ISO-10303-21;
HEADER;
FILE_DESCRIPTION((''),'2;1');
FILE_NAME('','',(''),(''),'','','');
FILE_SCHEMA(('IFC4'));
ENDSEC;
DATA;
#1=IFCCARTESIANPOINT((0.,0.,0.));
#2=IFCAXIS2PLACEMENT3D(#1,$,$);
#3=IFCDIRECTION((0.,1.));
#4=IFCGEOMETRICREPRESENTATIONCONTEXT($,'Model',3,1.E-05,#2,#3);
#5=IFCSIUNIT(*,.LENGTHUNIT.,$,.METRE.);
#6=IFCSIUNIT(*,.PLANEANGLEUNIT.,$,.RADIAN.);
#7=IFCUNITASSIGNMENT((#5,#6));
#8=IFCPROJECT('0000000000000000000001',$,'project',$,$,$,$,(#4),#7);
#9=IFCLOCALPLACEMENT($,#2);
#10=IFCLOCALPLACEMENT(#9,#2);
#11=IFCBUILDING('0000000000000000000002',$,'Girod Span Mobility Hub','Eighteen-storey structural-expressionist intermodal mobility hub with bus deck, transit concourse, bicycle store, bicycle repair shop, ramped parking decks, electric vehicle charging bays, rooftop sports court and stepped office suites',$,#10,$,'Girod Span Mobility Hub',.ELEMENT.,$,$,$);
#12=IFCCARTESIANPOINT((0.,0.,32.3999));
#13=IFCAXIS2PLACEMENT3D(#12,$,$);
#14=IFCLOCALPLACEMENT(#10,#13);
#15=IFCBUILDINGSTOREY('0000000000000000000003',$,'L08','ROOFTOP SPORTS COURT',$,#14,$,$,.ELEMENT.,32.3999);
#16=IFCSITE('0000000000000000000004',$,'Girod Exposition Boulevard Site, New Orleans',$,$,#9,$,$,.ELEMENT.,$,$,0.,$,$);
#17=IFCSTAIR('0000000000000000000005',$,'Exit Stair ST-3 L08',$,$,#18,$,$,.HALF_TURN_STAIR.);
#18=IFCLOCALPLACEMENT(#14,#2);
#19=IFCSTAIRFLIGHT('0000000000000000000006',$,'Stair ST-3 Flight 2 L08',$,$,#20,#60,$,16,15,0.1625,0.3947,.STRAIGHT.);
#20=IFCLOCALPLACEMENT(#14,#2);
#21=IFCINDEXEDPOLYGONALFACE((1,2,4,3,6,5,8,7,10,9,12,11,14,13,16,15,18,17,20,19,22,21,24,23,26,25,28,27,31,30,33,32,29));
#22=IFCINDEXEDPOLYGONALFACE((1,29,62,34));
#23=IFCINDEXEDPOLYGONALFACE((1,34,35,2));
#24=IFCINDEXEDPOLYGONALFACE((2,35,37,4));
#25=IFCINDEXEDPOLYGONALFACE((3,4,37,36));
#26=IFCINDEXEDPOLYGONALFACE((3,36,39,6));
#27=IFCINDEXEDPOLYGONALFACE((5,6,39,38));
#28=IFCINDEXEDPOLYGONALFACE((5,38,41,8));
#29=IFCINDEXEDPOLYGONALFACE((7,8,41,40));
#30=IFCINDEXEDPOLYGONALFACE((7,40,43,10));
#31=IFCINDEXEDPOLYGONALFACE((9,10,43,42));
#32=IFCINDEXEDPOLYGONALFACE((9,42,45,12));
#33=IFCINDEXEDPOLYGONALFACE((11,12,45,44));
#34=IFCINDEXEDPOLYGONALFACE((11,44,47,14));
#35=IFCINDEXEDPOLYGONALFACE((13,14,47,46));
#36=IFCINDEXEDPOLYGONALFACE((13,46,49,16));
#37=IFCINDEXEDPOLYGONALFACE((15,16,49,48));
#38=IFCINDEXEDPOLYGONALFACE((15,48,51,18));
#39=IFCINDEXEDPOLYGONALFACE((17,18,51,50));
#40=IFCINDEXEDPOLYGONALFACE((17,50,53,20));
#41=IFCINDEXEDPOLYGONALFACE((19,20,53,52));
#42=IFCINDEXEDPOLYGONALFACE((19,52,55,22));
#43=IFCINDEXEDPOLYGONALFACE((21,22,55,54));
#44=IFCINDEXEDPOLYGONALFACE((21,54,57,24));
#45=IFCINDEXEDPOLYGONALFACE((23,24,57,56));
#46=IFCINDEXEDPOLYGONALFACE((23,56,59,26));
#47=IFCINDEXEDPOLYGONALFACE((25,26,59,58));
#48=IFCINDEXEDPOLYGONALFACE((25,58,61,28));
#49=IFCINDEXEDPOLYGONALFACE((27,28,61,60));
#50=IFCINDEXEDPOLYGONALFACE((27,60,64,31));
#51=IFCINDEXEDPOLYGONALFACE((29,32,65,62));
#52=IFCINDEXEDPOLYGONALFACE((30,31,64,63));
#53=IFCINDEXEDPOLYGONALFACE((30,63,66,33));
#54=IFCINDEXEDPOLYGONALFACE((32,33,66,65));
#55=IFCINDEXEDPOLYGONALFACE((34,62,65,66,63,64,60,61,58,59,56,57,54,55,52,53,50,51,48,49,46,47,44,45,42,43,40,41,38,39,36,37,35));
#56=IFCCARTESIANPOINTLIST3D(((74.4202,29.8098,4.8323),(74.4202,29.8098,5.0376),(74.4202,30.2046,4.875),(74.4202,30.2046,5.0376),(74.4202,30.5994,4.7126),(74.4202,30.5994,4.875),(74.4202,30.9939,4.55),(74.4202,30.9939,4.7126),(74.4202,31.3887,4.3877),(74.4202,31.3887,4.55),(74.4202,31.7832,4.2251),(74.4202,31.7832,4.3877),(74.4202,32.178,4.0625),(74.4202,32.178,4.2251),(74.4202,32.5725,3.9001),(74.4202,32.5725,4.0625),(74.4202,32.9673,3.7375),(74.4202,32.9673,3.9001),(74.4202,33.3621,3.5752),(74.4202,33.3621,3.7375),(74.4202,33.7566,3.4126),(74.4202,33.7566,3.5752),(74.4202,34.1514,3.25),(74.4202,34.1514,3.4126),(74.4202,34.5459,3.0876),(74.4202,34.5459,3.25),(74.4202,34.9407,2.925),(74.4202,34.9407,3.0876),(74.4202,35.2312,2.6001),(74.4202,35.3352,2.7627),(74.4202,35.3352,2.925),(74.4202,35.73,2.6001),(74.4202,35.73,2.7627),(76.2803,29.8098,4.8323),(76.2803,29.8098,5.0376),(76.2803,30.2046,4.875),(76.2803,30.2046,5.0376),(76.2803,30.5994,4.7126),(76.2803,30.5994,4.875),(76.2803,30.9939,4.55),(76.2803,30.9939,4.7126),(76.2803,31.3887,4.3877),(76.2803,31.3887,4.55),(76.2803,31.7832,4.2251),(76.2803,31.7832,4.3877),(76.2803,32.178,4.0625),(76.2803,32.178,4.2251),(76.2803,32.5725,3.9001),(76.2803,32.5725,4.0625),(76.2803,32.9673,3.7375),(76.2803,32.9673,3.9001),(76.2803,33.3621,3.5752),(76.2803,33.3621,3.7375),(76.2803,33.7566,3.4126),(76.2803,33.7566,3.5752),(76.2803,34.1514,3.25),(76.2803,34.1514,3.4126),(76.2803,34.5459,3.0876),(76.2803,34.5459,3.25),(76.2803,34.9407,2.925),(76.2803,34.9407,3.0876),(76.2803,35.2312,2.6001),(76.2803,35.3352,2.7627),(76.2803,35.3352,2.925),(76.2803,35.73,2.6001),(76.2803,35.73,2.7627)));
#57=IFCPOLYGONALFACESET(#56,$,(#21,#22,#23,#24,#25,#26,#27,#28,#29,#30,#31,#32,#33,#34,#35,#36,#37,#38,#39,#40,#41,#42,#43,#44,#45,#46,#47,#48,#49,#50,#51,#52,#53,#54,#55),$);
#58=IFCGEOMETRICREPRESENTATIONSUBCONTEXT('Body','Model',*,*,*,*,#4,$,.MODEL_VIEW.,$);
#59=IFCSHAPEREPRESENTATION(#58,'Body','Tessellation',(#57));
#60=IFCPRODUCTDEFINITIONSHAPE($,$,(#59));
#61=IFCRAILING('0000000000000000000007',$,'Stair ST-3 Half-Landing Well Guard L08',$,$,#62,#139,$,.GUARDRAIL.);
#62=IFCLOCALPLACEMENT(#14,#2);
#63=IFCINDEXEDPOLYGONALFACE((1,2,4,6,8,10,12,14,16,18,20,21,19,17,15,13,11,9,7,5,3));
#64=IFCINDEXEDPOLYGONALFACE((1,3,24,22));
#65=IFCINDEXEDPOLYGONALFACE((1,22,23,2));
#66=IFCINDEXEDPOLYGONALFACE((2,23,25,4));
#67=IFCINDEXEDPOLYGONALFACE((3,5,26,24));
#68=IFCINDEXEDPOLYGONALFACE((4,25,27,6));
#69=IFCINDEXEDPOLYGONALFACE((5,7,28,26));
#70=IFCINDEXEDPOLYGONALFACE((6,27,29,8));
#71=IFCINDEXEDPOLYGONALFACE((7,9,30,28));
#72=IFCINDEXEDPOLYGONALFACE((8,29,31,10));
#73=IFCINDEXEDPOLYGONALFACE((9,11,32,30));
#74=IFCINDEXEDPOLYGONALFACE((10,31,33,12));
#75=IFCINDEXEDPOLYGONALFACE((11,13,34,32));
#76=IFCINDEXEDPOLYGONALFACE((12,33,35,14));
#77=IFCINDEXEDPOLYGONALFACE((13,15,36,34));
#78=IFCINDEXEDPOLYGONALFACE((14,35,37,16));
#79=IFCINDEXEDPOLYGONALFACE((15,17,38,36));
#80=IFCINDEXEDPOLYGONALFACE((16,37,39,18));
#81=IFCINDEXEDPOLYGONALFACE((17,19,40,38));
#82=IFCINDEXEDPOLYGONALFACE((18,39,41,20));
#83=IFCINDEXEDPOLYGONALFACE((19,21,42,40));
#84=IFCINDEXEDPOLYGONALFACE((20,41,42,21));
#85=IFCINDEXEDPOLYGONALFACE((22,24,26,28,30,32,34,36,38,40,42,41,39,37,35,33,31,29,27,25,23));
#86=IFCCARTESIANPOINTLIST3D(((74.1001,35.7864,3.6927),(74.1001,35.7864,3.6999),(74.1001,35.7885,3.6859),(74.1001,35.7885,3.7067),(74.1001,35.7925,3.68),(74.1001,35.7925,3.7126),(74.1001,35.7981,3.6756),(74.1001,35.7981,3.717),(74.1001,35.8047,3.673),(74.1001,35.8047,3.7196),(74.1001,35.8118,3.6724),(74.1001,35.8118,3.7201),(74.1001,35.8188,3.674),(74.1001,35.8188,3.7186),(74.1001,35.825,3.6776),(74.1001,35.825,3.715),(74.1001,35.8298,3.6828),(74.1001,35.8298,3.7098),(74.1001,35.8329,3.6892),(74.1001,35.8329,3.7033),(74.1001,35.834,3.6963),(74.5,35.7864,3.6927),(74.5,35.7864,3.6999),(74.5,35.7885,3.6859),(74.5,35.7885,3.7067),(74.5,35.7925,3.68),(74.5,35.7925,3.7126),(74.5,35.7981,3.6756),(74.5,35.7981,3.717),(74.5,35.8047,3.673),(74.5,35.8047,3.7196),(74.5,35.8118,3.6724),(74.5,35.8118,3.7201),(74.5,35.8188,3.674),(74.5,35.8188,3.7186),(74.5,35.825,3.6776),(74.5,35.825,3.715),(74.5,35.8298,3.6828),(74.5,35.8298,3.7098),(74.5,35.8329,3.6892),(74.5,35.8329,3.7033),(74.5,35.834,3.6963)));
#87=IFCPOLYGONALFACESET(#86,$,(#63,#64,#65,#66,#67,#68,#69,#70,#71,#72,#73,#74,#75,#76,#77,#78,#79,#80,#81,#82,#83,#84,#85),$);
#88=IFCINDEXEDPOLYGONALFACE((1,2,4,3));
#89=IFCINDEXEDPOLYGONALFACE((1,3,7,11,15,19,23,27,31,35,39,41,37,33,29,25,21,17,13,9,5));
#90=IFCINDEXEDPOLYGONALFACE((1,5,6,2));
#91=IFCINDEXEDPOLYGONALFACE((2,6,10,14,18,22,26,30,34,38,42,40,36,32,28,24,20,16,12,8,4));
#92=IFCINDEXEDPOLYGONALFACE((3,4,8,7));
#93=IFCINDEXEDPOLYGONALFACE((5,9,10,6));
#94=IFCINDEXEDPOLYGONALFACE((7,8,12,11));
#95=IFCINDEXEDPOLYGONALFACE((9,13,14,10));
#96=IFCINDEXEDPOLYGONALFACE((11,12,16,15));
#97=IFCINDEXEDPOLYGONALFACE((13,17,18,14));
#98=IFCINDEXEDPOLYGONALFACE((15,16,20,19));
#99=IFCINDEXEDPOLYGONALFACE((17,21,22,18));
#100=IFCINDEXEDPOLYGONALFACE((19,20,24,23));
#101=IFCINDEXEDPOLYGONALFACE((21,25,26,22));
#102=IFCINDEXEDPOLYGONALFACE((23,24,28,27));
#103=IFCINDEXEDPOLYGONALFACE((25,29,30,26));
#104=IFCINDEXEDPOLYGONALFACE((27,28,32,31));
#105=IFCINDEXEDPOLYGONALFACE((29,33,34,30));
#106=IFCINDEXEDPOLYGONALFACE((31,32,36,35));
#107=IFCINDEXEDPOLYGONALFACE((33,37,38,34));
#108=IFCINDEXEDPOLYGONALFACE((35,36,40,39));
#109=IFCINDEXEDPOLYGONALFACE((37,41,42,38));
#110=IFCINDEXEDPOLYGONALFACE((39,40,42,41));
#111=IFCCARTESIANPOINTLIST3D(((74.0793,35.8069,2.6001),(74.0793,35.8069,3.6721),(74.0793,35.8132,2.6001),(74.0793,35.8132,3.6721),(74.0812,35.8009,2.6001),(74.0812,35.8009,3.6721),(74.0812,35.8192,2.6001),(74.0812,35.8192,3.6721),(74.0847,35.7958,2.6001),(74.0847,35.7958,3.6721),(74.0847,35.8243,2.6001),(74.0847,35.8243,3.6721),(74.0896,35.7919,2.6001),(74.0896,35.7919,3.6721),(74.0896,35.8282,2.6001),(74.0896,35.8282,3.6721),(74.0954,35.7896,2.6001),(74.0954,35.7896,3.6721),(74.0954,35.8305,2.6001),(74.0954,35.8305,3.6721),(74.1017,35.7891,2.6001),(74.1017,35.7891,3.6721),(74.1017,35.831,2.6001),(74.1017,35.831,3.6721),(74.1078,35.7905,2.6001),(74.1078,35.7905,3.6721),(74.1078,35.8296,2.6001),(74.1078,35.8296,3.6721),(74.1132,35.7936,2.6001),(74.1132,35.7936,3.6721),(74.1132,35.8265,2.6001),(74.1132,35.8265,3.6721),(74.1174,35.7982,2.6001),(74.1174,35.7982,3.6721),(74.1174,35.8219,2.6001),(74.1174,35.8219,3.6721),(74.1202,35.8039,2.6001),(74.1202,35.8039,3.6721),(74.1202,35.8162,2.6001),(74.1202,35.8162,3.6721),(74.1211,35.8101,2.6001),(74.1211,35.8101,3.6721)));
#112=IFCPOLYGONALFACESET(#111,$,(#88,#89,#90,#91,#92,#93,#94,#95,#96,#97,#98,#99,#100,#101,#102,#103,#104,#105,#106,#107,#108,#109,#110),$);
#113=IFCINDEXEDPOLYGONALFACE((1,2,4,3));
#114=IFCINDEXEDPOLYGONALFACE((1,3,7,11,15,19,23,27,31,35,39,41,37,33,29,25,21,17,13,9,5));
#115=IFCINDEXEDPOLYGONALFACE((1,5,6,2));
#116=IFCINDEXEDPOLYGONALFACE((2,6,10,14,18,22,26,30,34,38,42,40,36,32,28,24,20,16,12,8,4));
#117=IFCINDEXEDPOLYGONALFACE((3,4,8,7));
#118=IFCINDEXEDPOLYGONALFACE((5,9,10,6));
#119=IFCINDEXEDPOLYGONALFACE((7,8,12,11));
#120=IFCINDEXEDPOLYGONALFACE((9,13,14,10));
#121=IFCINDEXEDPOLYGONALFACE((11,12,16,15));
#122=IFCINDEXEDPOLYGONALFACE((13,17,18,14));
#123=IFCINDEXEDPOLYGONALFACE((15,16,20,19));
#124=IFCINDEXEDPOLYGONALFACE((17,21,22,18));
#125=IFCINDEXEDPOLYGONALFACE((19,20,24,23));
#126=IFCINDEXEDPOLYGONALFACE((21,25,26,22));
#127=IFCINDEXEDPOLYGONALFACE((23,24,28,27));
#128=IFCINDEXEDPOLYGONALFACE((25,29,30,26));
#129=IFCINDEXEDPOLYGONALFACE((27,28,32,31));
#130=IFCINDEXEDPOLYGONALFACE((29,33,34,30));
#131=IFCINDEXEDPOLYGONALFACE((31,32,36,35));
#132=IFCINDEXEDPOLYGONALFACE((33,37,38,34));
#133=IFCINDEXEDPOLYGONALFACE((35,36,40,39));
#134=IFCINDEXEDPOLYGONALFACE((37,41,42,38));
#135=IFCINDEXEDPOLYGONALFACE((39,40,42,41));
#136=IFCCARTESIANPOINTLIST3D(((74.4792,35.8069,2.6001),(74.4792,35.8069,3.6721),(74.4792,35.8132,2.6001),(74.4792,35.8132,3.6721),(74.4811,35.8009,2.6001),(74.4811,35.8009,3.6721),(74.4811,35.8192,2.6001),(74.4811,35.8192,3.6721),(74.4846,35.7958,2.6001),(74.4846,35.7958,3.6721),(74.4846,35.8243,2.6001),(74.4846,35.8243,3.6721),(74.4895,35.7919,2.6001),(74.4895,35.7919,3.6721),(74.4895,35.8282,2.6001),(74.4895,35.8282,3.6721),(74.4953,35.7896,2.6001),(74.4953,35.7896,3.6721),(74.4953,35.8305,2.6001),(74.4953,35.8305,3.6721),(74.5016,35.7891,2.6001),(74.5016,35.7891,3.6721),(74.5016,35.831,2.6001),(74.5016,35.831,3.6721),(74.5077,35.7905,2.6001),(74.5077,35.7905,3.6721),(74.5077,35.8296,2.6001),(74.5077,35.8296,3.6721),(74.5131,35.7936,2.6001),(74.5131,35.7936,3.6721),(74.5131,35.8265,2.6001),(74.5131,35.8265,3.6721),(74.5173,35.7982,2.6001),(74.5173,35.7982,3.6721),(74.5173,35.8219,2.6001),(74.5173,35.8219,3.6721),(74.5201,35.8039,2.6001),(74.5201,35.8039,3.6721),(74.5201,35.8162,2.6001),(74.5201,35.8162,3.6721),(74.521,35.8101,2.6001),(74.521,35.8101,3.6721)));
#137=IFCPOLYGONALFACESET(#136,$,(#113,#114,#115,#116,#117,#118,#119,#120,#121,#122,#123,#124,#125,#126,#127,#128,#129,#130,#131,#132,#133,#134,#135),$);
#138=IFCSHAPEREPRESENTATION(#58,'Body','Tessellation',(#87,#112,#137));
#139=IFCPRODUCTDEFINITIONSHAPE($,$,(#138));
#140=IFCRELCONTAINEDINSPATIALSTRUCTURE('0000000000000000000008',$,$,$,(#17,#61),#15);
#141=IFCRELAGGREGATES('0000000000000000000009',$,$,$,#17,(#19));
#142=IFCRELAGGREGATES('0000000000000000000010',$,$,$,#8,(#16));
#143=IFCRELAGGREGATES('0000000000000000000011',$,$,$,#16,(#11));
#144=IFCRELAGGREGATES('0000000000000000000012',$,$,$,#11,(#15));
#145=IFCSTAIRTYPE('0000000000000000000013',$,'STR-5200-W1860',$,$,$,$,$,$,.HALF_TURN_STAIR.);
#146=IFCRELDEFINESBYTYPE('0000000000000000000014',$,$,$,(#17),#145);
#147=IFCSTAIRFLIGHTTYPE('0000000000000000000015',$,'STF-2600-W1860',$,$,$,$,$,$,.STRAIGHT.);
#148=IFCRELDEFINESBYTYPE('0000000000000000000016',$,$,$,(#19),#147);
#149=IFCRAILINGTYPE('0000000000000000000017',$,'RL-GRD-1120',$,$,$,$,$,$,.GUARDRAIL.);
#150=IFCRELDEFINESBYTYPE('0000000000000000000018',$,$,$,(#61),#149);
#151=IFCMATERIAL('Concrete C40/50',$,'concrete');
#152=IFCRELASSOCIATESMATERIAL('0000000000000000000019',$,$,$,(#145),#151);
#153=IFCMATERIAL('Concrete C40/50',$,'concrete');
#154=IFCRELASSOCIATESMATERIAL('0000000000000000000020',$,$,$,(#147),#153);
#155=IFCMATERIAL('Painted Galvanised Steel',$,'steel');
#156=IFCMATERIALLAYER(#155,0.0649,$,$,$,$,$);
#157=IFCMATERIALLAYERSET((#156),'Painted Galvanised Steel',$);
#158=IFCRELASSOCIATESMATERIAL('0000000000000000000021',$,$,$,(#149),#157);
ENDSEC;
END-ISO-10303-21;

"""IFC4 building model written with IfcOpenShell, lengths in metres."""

from ifc_helpers import new_model, si_unit, direction, frame, origin, origin_2d, place, context, subcontext, project, spatial, polyline, circle, outline, extrude, material, layer, layer_set, type_object, element, aggregate, save


model = new_model("IFC4")

# Units and contexts
model_context = context("Model", 3, precision=1e-05, world=origin(), true_north=direction((0.0, 1.0)))
body_context = subcontext(model_context, "Body", "Model", "MODEL_VIEW")
ifc_project = project(units=[si_unit("LENGTHUNIT", "METRE"), si_unit("PLANEANGLEUNIT", "RADIAN")], contexts=[model_context])

# Site, building, storey
site_placement = place(None, origin())
site = spatial("IfcSite", under=ifc_project, at=site_placement, Name="Girod Exposition Boulevard Site, New Orleans", CompositionType="ELEMENT", RefElevation=0.0)
building_placement = place(site_placement, origin())
building = spatial("IfcBuilding", under=site, at=building_placement, Name="Girod Span Mobility Hub", Description="Eighteen-storey structural-expressionist intermodal mobility hub with bus deck, transit concourse, bicycle store, bicycle repair shop, ramped parking decks, electric vehicle charging bays, rooftop sports court and stepped office suites", LongName="Girod Span Mobility Hub", CompositionType="ELEMENT")
storey_placement = place(building_placement, frame((0.0, 0.0, 32.3999)))
storey = spatial("IfcBuildingStorey", under=building, at=storey_placement, Name="L08", Description="ROOFTOP SPORTS COURT", CompositionType="ELEMENT", Elevation=32.3999)

# Stair, stair flight
ifc_material_1 = material(Name="Concrete C40/50", Category="concrete")
stair_type = type_object("IfcStairType", Name="STR-5200-W1860", PredefinedType="HALF_TURN_STAIR", material=ifc_material_1)
stair_placement = place(storey_placement, origin())
stair = element("IfcStair", 1, at=stair_placement, inside=storey, type_object=stair_type, Name="Exit Stair ST-3 L08", PredefinedType="HALF_TURN_STAIR")
ifc_material_2 = material(Name="Concrete C40/50", Category="concrete")
stair_flight_type = type_object("IfcStairFlightType", Name="STF-2600-W1860", PredefinedType="STRAIGHT", material=ifc_material_2)
stair_flight_1_placement = place(storey_placement, frame((75.3501, 35.73, 2.6001), z_axis=(0.0, 0.0, 1.0), x_axis=(0.0, -1.0, 0.0)))
stair_flight_1 = element("IfcStairFlight", 2, at=stair_flight_1_placement, type_object=stair_flight_type, Name="Stair ST-3 Flight 2 L08", NumberOfRisers=16, NumberOfTreads=15, PredefinedType="STRAIGHT", RiserHeight=0.1625, TreadLength=0.3947, context=body_context, shape_type="SweptSolid", body=[
    extrude(outline(polyline([(0.0, 0.0), (0.0, 0.1626), (0.3948, 0.1626), (0.3948, 0.325), (0.7893, 0.325), (0.7893, 0.4875), (1.1841, 0.4875), (1.1841, 0.6499), (1.5786, 0.6499), (1.5786, 0.8125), (1.9734, 0.8125), (1.9734, 0.9751), (2.3679, 0.9751), (2.3679, 1.1375), (2.7627, 1.1375), (2.7627, 1.3), (3.1575, 1.3), (3.1575, 1.4624), (3.552, 1.4624), (3.552, 1.625), (3.9468, 1.625), (3.9468, 1.7876), (4.3413, 1.7876), (4.3413, 1.95), (4.7361, 1.95), (4.7361, 2.1125), (5.1306, 2.1125), (5.1306, 2.2749), (5.5254, 2.2749), (5.5254, 2.4375), (5.9202, 2.4375), (5.9202, 2.6001), (5.9202, 2.2322), (0.4988, 0.0), (0.0, 0.0)])), frame((0.0, 0.9302, 0.0), z_axis=(0.0, -1.0, 0.0), x_axis=(1.0, 0.0, 0.0)), (0.0, 0.0, 1.0), 1.8601),
])
aggregate(stair, [stair_flight_1])

# Railing
ifc_material_3 = material(Name="Painted Galvanised Steel", Category="steel")
ifc_layer_1 = layer(ifc_material_3, 0.0649)
ifc_layer_set_1 = layer_set([ifc_layer_1], Name="Painted Galvanised Steel")
railing_type_1 = type_object("IfcRailingType", Name="RL-GRD-1120", PredefinedType="GUARDRAIL", material=ifc_layer_set_1)
for number, where, name in (
    (3, (74.1001, 35.8101, 2.6001), "Stair ST-3 Half-Landing Well Guard L08"),
):
    element("IfcRailing", number, at=place(storey_placement, frame(where)), inside=storey, type_object=railing_type_1, Name=name, PredefinedType="GUARDRAIL", context=body_context, shape_type="SweptSolid", body=[
        extrude(circle(Radius=0.0239, at=origin_2d()), frame((0.0, 0.0, 1.0962), z_axis=(1.0, 0.0, 0.0), x_axis=(0.0, 1.0, 0.0)), (0.0, 0.0, 1.0), 0.3999),
        extrude(circle(Radius=0.021, at=origin_2d()), origin(), (0.0, 0.0, 1.0), 1.072),
        extrude(circle(Radius=0.021, at=origin_2d()), frame((0.3999, 0.0, 0.0)), (0.0, 0.0, 1.0), 1.072),
    ])

save(model, "model.ifc")
